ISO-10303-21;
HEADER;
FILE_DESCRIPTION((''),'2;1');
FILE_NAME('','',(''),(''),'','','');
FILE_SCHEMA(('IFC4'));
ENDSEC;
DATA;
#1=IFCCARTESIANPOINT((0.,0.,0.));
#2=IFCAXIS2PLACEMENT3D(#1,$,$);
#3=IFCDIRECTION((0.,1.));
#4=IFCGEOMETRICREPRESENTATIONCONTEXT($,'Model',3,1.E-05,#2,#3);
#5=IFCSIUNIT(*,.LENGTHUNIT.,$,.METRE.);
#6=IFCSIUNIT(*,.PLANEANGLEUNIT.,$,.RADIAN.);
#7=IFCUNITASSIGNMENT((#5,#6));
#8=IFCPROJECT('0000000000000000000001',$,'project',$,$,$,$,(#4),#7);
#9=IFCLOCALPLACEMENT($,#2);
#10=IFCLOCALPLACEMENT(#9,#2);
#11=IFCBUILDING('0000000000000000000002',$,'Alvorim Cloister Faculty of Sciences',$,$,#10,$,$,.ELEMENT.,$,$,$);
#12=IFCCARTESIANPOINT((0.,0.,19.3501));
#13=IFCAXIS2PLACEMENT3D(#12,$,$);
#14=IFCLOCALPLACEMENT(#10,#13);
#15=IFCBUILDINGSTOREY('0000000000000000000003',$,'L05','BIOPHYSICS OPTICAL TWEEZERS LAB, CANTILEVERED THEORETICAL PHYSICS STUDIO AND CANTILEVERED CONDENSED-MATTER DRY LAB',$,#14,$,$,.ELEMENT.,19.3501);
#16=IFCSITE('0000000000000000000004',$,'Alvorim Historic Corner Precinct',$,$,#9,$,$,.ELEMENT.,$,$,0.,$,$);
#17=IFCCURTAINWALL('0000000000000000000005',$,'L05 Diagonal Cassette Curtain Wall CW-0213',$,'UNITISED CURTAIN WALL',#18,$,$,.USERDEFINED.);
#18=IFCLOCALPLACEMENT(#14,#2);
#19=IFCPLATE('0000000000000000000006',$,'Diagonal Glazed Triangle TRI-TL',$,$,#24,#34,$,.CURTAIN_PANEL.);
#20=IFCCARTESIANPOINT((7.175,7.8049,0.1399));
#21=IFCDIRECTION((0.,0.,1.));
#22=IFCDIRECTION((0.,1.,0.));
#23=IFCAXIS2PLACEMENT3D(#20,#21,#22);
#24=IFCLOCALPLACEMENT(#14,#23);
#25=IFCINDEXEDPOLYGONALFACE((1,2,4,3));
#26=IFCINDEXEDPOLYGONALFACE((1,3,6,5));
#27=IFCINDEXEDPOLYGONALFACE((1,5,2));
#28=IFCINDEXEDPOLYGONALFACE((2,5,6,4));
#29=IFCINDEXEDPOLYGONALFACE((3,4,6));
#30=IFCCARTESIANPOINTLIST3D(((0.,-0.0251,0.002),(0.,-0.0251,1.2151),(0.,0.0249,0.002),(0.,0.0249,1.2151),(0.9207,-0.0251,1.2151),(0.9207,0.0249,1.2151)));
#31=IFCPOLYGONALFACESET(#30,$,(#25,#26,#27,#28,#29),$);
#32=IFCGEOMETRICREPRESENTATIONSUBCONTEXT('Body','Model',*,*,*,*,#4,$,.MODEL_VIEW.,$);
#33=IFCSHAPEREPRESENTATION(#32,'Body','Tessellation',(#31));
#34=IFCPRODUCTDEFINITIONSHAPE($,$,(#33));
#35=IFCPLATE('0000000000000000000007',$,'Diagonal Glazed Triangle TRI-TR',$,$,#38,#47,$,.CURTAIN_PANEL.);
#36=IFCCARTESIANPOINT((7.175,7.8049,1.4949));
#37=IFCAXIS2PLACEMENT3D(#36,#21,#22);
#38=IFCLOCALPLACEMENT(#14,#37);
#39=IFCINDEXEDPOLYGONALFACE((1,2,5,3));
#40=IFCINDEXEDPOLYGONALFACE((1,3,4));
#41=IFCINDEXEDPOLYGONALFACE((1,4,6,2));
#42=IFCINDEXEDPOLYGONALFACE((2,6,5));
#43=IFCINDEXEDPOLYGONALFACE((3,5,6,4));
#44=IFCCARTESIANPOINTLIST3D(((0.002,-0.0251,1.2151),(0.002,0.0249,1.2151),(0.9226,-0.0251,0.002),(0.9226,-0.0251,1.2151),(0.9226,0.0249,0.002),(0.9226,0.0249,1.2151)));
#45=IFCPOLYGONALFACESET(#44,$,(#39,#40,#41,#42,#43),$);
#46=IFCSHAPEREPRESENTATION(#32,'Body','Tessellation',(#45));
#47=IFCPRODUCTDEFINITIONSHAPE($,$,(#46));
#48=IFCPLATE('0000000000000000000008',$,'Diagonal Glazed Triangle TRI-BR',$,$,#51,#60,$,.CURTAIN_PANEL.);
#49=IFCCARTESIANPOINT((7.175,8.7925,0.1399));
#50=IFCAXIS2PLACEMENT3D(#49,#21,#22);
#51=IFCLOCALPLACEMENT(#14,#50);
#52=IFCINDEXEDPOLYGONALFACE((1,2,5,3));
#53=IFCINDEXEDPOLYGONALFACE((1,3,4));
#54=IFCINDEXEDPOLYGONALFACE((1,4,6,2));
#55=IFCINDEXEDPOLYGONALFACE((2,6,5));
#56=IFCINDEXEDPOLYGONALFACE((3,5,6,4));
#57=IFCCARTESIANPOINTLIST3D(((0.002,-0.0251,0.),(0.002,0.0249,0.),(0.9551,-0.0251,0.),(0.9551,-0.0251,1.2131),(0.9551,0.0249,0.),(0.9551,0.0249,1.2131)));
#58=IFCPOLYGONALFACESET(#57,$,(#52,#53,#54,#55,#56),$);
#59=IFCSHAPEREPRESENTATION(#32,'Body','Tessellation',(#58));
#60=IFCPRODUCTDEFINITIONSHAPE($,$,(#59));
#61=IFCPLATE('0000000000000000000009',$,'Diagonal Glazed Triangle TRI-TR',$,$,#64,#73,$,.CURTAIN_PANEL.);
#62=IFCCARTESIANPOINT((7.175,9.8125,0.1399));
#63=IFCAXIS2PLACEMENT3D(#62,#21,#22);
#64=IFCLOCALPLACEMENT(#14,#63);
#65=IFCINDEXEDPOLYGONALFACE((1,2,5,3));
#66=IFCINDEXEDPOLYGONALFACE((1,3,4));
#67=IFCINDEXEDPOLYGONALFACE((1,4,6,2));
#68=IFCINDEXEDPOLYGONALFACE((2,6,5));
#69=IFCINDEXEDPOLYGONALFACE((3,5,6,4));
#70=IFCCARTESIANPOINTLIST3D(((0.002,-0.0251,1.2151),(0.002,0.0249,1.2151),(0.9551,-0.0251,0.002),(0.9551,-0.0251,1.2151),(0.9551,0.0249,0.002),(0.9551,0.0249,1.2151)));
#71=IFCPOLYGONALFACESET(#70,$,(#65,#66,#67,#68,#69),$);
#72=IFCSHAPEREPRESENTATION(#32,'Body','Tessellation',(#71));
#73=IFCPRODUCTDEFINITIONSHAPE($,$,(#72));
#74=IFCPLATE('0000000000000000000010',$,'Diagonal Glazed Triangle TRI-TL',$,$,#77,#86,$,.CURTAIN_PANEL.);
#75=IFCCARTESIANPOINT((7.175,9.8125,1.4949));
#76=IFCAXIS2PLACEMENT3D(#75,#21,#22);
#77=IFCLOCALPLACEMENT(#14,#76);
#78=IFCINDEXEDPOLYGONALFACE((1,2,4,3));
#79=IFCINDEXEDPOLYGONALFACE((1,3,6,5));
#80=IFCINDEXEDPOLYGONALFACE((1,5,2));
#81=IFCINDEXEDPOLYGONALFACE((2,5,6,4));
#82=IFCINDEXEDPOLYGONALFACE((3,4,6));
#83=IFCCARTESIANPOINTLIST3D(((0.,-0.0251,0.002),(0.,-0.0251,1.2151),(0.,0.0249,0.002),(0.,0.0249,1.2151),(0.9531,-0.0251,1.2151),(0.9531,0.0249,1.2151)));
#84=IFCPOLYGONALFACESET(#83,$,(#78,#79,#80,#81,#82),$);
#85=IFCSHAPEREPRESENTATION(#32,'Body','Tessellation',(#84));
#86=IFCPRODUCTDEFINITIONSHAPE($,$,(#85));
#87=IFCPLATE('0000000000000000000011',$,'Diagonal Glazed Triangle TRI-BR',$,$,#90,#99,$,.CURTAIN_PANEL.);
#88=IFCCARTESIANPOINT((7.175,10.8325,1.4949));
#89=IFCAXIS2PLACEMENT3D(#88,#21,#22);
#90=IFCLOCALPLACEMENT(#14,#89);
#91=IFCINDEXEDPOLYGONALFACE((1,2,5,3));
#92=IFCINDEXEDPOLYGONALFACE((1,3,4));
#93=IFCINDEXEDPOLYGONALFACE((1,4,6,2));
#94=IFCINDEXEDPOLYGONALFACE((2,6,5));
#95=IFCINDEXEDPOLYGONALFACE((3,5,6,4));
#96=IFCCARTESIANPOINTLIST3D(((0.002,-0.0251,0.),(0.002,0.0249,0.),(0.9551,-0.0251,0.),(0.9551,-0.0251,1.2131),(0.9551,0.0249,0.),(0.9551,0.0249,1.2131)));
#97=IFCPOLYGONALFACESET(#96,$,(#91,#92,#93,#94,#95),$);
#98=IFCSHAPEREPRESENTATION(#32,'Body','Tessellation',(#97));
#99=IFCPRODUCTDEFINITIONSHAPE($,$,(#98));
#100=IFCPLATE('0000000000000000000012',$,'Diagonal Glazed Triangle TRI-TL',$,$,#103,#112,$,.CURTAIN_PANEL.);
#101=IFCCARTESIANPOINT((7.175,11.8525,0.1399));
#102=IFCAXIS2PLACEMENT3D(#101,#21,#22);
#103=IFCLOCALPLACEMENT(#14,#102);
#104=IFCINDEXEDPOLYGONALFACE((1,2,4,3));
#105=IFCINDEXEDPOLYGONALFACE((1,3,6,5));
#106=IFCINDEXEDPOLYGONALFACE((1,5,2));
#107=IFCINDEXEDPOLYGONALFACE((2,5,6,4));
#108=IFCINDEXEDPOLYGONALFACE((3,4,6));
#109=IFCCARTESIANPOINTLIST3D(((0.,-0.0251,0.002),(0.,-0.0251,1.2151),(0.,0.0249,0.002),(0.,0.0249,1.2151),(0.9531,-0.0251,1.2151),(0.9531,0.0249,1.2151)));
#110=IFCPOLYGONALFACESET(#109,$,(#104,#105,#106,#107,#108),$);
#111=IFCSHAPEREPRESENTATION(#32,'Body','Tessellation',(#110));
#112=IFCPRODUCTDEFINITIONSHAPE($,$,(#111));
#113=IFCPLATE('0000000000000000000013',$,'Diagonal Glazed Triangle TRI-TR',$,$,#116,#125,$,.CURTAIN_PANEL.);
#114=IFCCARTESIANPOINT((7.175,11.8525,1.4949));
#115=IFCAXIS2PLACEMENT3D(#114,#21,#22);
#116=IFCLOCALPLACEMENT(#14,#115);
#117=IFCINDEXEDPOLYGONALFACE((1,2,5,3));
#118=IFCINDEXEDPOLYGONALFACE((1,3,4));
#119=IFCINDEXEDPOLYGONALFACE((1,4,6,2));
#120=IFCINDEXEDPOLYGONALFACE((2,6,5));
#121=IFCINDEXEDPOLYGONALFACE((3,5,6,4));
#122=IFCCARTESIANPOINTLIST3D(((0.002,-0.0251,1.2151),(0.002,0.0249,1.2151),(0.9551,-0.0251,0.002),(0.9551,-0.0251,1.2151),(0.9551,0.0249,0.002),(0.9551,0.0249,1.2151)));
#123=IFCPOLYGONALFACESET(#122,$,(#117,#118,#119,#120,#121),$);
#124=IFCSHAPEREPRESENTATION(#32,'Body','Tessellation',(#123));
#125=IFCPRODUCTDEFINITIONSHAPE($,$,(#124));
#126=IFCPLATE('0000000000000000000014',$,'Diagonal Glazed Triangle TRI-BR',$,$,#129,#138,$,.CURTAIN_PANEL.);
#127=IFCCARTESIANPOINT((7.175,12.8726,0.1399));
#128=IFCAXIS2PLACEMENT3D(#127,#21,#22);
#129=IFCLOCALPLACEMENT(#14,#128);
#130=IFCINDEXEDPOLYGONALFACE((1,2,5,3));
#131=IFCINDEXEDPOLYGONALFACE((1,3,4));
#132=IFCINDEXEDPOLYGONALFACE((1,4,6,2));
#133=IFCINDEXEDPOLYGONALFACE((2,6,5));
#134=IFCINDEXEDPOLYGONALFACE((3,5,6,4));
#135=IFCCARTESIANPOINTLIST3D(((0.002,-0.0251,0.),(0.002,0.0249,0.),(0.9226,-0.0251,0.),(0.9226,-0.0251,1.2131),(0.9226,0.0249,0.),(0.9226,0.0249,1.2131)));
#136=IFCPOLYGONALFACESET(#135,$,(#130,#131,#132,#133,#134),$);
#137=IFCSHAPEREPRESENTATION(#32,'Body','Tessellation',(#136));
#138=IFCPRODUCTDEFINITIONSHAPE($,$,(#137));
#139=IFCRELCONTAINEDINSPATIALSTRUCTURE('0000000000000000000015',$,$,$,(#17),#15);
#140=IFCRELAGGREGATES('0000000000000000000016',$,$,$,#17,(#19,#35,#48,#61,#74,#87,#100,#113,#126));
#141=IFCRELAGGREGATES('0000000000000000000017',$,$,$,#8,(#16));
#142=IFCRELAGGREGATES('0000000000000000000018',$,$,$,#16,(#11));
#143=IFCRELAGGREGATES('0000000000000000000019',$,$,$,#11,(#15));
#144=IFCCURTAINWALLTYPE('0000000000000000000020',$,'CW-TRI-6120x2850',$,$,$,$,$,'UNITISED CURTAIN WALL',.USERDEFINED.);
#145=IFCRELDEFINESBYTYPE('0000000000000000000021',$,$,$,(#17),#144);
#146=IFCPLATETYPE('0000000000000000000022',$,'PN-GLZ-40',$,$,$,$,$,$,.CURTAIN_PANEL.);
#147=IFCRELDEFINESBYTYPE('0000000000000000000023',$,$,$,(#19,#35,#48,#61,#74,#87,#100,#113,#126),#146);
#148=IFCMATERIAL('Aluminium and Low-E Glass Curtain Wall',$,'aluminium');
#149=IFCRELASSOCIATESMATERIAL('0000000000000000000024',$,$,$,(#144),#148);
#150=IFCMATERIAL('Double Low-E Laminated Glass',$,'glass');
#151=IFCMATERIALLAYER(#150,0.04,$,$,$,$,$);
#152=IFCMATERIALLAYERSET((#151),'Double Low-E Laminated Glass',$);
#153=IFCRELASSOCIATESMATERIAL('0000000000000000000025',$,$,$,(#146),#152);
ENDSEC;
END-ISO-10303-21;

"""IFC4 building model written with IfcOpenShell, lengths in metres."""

from ifc_helpers import new_model, si_unit, direction, frame, origin, place, context, subcontext, project, spatial, polyline, outline, extrude, material, layer, layer_set, type_object, element, aggregate, save


model = new_model("IFC4")

# Units and contexts
model_context = context("Model", 3, precision=1e-05, world=origin(), true_north=direction((0.0, 1.0)))
body_context = subcontext(model_context, "Body", "Model", "MODEL_VIEW")
ifc_project = project(units=[si_unit("LENGTHUNIT", "METRE"), si_unit("PLANEANGLEUNIT", "RADIAN")], contexts=[model_context])

# Site, building, storey
site_placement = place(None, origin())
site = spatial("IfcSite", under=ifc_project, at=site_placement, Name="Alvorim Historic Corner Precinct", CompositionType="ELEMENT", RefElevation=0.0)
building_placement = place(site_placement, origin())
building = spatial("IfcBuilding", under=site, at=building_placement, Name="Alvorim Cloister Faculty of Sciences", CompositionType="ELEMENT")
storey_placement = place(building_placement, frame((0.0, 0.0, 19.3501)))
storey = spatial("IfcBuildingStorey", under=building, at=storey_placement, Name="L05", Description="BIOPHYSICS OPTICAL TWEEZERS LAB, CANTILEVERED THEORETICAL PHYSICS STUDIO AND CANTILEVERED CONDENSED-MATTER DRY LAB", CompositionType="ELEMENT", Elevation=19.3501)

# Curtain wall, plates
ifc_material_1 = material(Name="Aluminium and Low-E Glass Curtain Wall", Category="aluminium")
curtain_wall_type = type_object("IfcCurtainWallType", Name="CW-TRI-6120x2850", ElementType="UNITISED CURTAIN WALL", PredefinedType="USERDEFINED", material=ifc_material_1)
curtain_wall_placement = place(storey_placement, origin())
curtain_wall = element("IfcCurtainWall", 1, at=curtain_wall_placement, inside=storey, type_object=curtain_wall_type, Name="L05 Diagonal Cassette Curtain Wall CW-0213", ObjectType="UNITISED CURTAIN WALL", PredefinedType="USERDEFINED")
ifc_material_2 = material(Name="Double Low-E Laminated Glass", Category="glass")
ifc_layer_1 = layer(ifc_material_2, 0.04)
ifc_layer_set_1 = layer_set([ifc_layer_1], Name="Double Low-E Laminated Glass")
plate_type = type_object("IfcPlateType", Name="PN-GLZ-40", PredefinedType="CURTAIN_PANEL", material=ifc_layer_set_1)
plate_1_placement = place(storey_placement, frame((7.175, 7.8049, 0.1399), z_axis=(0.0, 0.0, 1.0), x_axis=(0.0, 1.0, 0.0)))
plate_1 = element("IfcPlate", 2, at=plate_1_placement, type_object=plate_type, Name="Diagonal Glazed Triangle TRI-TL", PredefinedType="CURTAIN_PANEL", context=body_context, shape_type="SweptSolid", body=[
    extrude(outline(polyline([(0.9207, 1.2151), (0.0, 1.2151), (0.0, 0.002), (0.9207, 1.2151)])), frame((0.0, 0.0249, 0.0), z_axis=(0.0, -1.0, 0.0), x_axis=(1.0, 0.0, 0.0)), (0.0, 0.0, 1.0), 0.05),
])
plate_2_placement = place(storey_placement, frame((7.175, 7.8049, 1.4949), z_axis=(0.0, 0.0, 1.0), x_axis=(0.0, 1.0, 0.0)))
plate_2 = element("IfcPlate", 3, at=plate_2_placement, type_object=plate_type, Name="Diagonal Glazed Triangle TRI-TR", PredefinedType="CURTAIN_PANEL", context=body_context, shape_type="SweptSolid", body=[
    extrude(outline(polyline([(0.9226, 0.002), (0.9226, 1.2151), (0.002, 1.2151), (0.9226, 0.002)])), frame((0.0, 0.0249, 0.0), z_axis=(0.0, -1.0, 0.0), x_axis=(1.0, 0.0, 0.0)), (0.0, 0.0, 1.0), 0.05),
])
plate_3_placement = place(storey_placement, frame((7.175, 8.7925, 0.1399), z_axis=(0.0, 0.0, 1.0), x_axis=(0.0, 1.0, 0.0)))
plate_3 = element("IfcPlate", 4, at=plate_3_placement, type_object=plate_type, Name="Diagonal Glazed Triangle TRI-BR", PredefinedType="CURTAIN_PANEL", context=body_context, shape_type="SweptSolid", body=[
    extrude(outline(polyline([(0.002, 0.0), (0.9551, 0.0), (0.9551, 1.2131), (0.002, 0.0)])), frame((0.0, 0.0249, 0.0), z_axis=(0.0, -1.0, 0.0), x_axis=(1.0, 0.0, 0.0)), (0.0, 0.0, 1.0), 0.05),
])
plate_4_placement = place(storey_placement, frame((7.175, 9.8125, 0.1399), z_axis=(0.0, 0.0, 1.0), x_axis=(0.0, 1.0, 0.0)))
plate_4 = element("IfcPlate", 5, at=plate_4_placement, type_object=plate_type, Name="Diagonal Glazed Triangle TRI-TR", PredefinedType="CURTAIN_PANEL", context=body_context, shape_type="SweptSolid", body=[
    extrude(outline(polyline([(0.9551, 0.002), (0.9551, 1.2151), (0.002, 1.2151), (0.9551, 0.002)])), frame((0.0, 0.0249, 0.0), z_axis=(0.0, -1.0, 0.0), x_axis=(1.0, 0.0, 0.0)), (0.0, 0.0, 1.0), 0.05),
])
plate_5_placement = place(storey_placement, frame((7.175, 9.8125, 1.4949), z_axis=(0.0, 0.0, 1.0), x_axis=(0.0, 1.0, 0.0)))
plate_5 = element("IfcPlate", 6, at=plate_5_placement, type_object=plate_type, Name="Diagonal Glazed Triangle TRI-TL", PredefinedType="CURTAIN_PANEL", context=body_context, shape_type="SweptSolid", body=[
    extrude(outline(polyline([(0.9531, 1.2151), (0.0, 1.2151), (0.0, 0.002), (0.9531, 1.2151)])), frame((0.0, 0.0249, 0.0), z_axis=(0.0, -1.0, 0.0), x_axis=(1.0, 0.0, 0.0)), (0.0, 0.0, 1.0), 0.05),
])
plate_6_placement = place(storey_placement, frame((7.175, 10.8325, 1.4949), z_axis=(0.0, 0.0, 1.0), x_axis=(0.0, 1.0, 0.0)))
plate_6 = element("IfcPlate", 7, at=plate_6_placement, type_object=plate_type, Name="Diagonal Glazed Triangle TRI-BR", PredefinedType="CURTAIN_PANEL", context=body_context, shape_type="SweptSolid", body=[
    extrude(outline(polyline([(0.002, 0.0), (0.9551, 0.0), (0.9551, 1.2131), (0.002, 0.0)])), frame((0.0, 0.0249, 0.0), z_axis=(0.0, -1.0, 0.0), x_axis=(1.0, 0.0, 0.0)), (0.0, 0.0, 1.0), 0.05),
])
plate_7_placement = place(storey_placement, frame((7.175, 11.8525, 0.1399), z_axis=(0.0, 0.0, 1.0), x_axis=(0.0, 1.0, 0.0)))
plate_7 = element("IfcPlate", 8, at=plate_7_placement, type_object=plate_type, Name="Diagonal Glazed Triangle TRI-TL", PredefinedType="CURTAIN_PANEL", context=body_context, shape_type="SweptSolid", body=[
    extrude(outline(polyline([(0.9531, 1.2151), (0.0, 1.2151), (0.0, 0.002), (0.9531, 1.2151)])), frame((0.0, 0.0249, 0.0), z_axis=(0.0, -1.0, 0.0), x_axis=(1.0, 0.0, 0.0)), (0.0, 0.0, 1.0), 0.05),
])
plate_8_placement = place(storey_placement, frame((7.175, 11.8525, 1.4949), z_axis=(0.0, 0.0, 1.0), x_axis=(0.0, 1.0, 0.0)))
plate_8 = element("IfcPlate", 9, at=plate_8_placement, type_object=plate_type, Name="Diagonal Glazed Triangle TRI-TR", PredefinedType="CURTAIN_PANEL", context=body_context, shape_type="SweptSolid", body=[
    extrude(outline(polyline([(0.9551, 0.002), (0.9551, 1.2151), (0.002, 1.2151), (0.9551, 0.002)])), frame((0.0, 0.0249, 0.0), z_axis=(0.0, -1.0, 0.0), x_axis=(1.0, 0.0, 0.0)), (0.0, 0.0, 1.0), 0.05),
])
plate_9_placement = place(storey_placement, frame((7.175, 12.8726, 0.1399), z_axis=(0.0, 0.0, 1.0), x_axis=(0.0, 1.0, 0.0)))
plate_9 = element("IfcPlate", 10, at=plate_9_placement, type_object=plate_type, Name="Diagonal Glazed Triangle TRI-BR", PredefinedType="CURTAIN_PANEL", context=body_context, shape_type="SweptSolid", body=[
    extrude(outline(polyline([(0.002, 0.0), (0.9226, 0.0), (0.9226, 1.2131), (0.002, 0.0)])), frame((0.0, 0.0249, 0.0), z_axis=(0.0, -1.0, 0.0), x_axis=(1.0, 0.0, 0.0)), (0.0, 0.0, 1.0), 0.05),
])
aggregate(curtain_wall, [plate_1, plate_2, plate_3, plate_4, plate_5, plate_6, plate_7, plate_8, plate_9])

save(model, "model.ifc")
